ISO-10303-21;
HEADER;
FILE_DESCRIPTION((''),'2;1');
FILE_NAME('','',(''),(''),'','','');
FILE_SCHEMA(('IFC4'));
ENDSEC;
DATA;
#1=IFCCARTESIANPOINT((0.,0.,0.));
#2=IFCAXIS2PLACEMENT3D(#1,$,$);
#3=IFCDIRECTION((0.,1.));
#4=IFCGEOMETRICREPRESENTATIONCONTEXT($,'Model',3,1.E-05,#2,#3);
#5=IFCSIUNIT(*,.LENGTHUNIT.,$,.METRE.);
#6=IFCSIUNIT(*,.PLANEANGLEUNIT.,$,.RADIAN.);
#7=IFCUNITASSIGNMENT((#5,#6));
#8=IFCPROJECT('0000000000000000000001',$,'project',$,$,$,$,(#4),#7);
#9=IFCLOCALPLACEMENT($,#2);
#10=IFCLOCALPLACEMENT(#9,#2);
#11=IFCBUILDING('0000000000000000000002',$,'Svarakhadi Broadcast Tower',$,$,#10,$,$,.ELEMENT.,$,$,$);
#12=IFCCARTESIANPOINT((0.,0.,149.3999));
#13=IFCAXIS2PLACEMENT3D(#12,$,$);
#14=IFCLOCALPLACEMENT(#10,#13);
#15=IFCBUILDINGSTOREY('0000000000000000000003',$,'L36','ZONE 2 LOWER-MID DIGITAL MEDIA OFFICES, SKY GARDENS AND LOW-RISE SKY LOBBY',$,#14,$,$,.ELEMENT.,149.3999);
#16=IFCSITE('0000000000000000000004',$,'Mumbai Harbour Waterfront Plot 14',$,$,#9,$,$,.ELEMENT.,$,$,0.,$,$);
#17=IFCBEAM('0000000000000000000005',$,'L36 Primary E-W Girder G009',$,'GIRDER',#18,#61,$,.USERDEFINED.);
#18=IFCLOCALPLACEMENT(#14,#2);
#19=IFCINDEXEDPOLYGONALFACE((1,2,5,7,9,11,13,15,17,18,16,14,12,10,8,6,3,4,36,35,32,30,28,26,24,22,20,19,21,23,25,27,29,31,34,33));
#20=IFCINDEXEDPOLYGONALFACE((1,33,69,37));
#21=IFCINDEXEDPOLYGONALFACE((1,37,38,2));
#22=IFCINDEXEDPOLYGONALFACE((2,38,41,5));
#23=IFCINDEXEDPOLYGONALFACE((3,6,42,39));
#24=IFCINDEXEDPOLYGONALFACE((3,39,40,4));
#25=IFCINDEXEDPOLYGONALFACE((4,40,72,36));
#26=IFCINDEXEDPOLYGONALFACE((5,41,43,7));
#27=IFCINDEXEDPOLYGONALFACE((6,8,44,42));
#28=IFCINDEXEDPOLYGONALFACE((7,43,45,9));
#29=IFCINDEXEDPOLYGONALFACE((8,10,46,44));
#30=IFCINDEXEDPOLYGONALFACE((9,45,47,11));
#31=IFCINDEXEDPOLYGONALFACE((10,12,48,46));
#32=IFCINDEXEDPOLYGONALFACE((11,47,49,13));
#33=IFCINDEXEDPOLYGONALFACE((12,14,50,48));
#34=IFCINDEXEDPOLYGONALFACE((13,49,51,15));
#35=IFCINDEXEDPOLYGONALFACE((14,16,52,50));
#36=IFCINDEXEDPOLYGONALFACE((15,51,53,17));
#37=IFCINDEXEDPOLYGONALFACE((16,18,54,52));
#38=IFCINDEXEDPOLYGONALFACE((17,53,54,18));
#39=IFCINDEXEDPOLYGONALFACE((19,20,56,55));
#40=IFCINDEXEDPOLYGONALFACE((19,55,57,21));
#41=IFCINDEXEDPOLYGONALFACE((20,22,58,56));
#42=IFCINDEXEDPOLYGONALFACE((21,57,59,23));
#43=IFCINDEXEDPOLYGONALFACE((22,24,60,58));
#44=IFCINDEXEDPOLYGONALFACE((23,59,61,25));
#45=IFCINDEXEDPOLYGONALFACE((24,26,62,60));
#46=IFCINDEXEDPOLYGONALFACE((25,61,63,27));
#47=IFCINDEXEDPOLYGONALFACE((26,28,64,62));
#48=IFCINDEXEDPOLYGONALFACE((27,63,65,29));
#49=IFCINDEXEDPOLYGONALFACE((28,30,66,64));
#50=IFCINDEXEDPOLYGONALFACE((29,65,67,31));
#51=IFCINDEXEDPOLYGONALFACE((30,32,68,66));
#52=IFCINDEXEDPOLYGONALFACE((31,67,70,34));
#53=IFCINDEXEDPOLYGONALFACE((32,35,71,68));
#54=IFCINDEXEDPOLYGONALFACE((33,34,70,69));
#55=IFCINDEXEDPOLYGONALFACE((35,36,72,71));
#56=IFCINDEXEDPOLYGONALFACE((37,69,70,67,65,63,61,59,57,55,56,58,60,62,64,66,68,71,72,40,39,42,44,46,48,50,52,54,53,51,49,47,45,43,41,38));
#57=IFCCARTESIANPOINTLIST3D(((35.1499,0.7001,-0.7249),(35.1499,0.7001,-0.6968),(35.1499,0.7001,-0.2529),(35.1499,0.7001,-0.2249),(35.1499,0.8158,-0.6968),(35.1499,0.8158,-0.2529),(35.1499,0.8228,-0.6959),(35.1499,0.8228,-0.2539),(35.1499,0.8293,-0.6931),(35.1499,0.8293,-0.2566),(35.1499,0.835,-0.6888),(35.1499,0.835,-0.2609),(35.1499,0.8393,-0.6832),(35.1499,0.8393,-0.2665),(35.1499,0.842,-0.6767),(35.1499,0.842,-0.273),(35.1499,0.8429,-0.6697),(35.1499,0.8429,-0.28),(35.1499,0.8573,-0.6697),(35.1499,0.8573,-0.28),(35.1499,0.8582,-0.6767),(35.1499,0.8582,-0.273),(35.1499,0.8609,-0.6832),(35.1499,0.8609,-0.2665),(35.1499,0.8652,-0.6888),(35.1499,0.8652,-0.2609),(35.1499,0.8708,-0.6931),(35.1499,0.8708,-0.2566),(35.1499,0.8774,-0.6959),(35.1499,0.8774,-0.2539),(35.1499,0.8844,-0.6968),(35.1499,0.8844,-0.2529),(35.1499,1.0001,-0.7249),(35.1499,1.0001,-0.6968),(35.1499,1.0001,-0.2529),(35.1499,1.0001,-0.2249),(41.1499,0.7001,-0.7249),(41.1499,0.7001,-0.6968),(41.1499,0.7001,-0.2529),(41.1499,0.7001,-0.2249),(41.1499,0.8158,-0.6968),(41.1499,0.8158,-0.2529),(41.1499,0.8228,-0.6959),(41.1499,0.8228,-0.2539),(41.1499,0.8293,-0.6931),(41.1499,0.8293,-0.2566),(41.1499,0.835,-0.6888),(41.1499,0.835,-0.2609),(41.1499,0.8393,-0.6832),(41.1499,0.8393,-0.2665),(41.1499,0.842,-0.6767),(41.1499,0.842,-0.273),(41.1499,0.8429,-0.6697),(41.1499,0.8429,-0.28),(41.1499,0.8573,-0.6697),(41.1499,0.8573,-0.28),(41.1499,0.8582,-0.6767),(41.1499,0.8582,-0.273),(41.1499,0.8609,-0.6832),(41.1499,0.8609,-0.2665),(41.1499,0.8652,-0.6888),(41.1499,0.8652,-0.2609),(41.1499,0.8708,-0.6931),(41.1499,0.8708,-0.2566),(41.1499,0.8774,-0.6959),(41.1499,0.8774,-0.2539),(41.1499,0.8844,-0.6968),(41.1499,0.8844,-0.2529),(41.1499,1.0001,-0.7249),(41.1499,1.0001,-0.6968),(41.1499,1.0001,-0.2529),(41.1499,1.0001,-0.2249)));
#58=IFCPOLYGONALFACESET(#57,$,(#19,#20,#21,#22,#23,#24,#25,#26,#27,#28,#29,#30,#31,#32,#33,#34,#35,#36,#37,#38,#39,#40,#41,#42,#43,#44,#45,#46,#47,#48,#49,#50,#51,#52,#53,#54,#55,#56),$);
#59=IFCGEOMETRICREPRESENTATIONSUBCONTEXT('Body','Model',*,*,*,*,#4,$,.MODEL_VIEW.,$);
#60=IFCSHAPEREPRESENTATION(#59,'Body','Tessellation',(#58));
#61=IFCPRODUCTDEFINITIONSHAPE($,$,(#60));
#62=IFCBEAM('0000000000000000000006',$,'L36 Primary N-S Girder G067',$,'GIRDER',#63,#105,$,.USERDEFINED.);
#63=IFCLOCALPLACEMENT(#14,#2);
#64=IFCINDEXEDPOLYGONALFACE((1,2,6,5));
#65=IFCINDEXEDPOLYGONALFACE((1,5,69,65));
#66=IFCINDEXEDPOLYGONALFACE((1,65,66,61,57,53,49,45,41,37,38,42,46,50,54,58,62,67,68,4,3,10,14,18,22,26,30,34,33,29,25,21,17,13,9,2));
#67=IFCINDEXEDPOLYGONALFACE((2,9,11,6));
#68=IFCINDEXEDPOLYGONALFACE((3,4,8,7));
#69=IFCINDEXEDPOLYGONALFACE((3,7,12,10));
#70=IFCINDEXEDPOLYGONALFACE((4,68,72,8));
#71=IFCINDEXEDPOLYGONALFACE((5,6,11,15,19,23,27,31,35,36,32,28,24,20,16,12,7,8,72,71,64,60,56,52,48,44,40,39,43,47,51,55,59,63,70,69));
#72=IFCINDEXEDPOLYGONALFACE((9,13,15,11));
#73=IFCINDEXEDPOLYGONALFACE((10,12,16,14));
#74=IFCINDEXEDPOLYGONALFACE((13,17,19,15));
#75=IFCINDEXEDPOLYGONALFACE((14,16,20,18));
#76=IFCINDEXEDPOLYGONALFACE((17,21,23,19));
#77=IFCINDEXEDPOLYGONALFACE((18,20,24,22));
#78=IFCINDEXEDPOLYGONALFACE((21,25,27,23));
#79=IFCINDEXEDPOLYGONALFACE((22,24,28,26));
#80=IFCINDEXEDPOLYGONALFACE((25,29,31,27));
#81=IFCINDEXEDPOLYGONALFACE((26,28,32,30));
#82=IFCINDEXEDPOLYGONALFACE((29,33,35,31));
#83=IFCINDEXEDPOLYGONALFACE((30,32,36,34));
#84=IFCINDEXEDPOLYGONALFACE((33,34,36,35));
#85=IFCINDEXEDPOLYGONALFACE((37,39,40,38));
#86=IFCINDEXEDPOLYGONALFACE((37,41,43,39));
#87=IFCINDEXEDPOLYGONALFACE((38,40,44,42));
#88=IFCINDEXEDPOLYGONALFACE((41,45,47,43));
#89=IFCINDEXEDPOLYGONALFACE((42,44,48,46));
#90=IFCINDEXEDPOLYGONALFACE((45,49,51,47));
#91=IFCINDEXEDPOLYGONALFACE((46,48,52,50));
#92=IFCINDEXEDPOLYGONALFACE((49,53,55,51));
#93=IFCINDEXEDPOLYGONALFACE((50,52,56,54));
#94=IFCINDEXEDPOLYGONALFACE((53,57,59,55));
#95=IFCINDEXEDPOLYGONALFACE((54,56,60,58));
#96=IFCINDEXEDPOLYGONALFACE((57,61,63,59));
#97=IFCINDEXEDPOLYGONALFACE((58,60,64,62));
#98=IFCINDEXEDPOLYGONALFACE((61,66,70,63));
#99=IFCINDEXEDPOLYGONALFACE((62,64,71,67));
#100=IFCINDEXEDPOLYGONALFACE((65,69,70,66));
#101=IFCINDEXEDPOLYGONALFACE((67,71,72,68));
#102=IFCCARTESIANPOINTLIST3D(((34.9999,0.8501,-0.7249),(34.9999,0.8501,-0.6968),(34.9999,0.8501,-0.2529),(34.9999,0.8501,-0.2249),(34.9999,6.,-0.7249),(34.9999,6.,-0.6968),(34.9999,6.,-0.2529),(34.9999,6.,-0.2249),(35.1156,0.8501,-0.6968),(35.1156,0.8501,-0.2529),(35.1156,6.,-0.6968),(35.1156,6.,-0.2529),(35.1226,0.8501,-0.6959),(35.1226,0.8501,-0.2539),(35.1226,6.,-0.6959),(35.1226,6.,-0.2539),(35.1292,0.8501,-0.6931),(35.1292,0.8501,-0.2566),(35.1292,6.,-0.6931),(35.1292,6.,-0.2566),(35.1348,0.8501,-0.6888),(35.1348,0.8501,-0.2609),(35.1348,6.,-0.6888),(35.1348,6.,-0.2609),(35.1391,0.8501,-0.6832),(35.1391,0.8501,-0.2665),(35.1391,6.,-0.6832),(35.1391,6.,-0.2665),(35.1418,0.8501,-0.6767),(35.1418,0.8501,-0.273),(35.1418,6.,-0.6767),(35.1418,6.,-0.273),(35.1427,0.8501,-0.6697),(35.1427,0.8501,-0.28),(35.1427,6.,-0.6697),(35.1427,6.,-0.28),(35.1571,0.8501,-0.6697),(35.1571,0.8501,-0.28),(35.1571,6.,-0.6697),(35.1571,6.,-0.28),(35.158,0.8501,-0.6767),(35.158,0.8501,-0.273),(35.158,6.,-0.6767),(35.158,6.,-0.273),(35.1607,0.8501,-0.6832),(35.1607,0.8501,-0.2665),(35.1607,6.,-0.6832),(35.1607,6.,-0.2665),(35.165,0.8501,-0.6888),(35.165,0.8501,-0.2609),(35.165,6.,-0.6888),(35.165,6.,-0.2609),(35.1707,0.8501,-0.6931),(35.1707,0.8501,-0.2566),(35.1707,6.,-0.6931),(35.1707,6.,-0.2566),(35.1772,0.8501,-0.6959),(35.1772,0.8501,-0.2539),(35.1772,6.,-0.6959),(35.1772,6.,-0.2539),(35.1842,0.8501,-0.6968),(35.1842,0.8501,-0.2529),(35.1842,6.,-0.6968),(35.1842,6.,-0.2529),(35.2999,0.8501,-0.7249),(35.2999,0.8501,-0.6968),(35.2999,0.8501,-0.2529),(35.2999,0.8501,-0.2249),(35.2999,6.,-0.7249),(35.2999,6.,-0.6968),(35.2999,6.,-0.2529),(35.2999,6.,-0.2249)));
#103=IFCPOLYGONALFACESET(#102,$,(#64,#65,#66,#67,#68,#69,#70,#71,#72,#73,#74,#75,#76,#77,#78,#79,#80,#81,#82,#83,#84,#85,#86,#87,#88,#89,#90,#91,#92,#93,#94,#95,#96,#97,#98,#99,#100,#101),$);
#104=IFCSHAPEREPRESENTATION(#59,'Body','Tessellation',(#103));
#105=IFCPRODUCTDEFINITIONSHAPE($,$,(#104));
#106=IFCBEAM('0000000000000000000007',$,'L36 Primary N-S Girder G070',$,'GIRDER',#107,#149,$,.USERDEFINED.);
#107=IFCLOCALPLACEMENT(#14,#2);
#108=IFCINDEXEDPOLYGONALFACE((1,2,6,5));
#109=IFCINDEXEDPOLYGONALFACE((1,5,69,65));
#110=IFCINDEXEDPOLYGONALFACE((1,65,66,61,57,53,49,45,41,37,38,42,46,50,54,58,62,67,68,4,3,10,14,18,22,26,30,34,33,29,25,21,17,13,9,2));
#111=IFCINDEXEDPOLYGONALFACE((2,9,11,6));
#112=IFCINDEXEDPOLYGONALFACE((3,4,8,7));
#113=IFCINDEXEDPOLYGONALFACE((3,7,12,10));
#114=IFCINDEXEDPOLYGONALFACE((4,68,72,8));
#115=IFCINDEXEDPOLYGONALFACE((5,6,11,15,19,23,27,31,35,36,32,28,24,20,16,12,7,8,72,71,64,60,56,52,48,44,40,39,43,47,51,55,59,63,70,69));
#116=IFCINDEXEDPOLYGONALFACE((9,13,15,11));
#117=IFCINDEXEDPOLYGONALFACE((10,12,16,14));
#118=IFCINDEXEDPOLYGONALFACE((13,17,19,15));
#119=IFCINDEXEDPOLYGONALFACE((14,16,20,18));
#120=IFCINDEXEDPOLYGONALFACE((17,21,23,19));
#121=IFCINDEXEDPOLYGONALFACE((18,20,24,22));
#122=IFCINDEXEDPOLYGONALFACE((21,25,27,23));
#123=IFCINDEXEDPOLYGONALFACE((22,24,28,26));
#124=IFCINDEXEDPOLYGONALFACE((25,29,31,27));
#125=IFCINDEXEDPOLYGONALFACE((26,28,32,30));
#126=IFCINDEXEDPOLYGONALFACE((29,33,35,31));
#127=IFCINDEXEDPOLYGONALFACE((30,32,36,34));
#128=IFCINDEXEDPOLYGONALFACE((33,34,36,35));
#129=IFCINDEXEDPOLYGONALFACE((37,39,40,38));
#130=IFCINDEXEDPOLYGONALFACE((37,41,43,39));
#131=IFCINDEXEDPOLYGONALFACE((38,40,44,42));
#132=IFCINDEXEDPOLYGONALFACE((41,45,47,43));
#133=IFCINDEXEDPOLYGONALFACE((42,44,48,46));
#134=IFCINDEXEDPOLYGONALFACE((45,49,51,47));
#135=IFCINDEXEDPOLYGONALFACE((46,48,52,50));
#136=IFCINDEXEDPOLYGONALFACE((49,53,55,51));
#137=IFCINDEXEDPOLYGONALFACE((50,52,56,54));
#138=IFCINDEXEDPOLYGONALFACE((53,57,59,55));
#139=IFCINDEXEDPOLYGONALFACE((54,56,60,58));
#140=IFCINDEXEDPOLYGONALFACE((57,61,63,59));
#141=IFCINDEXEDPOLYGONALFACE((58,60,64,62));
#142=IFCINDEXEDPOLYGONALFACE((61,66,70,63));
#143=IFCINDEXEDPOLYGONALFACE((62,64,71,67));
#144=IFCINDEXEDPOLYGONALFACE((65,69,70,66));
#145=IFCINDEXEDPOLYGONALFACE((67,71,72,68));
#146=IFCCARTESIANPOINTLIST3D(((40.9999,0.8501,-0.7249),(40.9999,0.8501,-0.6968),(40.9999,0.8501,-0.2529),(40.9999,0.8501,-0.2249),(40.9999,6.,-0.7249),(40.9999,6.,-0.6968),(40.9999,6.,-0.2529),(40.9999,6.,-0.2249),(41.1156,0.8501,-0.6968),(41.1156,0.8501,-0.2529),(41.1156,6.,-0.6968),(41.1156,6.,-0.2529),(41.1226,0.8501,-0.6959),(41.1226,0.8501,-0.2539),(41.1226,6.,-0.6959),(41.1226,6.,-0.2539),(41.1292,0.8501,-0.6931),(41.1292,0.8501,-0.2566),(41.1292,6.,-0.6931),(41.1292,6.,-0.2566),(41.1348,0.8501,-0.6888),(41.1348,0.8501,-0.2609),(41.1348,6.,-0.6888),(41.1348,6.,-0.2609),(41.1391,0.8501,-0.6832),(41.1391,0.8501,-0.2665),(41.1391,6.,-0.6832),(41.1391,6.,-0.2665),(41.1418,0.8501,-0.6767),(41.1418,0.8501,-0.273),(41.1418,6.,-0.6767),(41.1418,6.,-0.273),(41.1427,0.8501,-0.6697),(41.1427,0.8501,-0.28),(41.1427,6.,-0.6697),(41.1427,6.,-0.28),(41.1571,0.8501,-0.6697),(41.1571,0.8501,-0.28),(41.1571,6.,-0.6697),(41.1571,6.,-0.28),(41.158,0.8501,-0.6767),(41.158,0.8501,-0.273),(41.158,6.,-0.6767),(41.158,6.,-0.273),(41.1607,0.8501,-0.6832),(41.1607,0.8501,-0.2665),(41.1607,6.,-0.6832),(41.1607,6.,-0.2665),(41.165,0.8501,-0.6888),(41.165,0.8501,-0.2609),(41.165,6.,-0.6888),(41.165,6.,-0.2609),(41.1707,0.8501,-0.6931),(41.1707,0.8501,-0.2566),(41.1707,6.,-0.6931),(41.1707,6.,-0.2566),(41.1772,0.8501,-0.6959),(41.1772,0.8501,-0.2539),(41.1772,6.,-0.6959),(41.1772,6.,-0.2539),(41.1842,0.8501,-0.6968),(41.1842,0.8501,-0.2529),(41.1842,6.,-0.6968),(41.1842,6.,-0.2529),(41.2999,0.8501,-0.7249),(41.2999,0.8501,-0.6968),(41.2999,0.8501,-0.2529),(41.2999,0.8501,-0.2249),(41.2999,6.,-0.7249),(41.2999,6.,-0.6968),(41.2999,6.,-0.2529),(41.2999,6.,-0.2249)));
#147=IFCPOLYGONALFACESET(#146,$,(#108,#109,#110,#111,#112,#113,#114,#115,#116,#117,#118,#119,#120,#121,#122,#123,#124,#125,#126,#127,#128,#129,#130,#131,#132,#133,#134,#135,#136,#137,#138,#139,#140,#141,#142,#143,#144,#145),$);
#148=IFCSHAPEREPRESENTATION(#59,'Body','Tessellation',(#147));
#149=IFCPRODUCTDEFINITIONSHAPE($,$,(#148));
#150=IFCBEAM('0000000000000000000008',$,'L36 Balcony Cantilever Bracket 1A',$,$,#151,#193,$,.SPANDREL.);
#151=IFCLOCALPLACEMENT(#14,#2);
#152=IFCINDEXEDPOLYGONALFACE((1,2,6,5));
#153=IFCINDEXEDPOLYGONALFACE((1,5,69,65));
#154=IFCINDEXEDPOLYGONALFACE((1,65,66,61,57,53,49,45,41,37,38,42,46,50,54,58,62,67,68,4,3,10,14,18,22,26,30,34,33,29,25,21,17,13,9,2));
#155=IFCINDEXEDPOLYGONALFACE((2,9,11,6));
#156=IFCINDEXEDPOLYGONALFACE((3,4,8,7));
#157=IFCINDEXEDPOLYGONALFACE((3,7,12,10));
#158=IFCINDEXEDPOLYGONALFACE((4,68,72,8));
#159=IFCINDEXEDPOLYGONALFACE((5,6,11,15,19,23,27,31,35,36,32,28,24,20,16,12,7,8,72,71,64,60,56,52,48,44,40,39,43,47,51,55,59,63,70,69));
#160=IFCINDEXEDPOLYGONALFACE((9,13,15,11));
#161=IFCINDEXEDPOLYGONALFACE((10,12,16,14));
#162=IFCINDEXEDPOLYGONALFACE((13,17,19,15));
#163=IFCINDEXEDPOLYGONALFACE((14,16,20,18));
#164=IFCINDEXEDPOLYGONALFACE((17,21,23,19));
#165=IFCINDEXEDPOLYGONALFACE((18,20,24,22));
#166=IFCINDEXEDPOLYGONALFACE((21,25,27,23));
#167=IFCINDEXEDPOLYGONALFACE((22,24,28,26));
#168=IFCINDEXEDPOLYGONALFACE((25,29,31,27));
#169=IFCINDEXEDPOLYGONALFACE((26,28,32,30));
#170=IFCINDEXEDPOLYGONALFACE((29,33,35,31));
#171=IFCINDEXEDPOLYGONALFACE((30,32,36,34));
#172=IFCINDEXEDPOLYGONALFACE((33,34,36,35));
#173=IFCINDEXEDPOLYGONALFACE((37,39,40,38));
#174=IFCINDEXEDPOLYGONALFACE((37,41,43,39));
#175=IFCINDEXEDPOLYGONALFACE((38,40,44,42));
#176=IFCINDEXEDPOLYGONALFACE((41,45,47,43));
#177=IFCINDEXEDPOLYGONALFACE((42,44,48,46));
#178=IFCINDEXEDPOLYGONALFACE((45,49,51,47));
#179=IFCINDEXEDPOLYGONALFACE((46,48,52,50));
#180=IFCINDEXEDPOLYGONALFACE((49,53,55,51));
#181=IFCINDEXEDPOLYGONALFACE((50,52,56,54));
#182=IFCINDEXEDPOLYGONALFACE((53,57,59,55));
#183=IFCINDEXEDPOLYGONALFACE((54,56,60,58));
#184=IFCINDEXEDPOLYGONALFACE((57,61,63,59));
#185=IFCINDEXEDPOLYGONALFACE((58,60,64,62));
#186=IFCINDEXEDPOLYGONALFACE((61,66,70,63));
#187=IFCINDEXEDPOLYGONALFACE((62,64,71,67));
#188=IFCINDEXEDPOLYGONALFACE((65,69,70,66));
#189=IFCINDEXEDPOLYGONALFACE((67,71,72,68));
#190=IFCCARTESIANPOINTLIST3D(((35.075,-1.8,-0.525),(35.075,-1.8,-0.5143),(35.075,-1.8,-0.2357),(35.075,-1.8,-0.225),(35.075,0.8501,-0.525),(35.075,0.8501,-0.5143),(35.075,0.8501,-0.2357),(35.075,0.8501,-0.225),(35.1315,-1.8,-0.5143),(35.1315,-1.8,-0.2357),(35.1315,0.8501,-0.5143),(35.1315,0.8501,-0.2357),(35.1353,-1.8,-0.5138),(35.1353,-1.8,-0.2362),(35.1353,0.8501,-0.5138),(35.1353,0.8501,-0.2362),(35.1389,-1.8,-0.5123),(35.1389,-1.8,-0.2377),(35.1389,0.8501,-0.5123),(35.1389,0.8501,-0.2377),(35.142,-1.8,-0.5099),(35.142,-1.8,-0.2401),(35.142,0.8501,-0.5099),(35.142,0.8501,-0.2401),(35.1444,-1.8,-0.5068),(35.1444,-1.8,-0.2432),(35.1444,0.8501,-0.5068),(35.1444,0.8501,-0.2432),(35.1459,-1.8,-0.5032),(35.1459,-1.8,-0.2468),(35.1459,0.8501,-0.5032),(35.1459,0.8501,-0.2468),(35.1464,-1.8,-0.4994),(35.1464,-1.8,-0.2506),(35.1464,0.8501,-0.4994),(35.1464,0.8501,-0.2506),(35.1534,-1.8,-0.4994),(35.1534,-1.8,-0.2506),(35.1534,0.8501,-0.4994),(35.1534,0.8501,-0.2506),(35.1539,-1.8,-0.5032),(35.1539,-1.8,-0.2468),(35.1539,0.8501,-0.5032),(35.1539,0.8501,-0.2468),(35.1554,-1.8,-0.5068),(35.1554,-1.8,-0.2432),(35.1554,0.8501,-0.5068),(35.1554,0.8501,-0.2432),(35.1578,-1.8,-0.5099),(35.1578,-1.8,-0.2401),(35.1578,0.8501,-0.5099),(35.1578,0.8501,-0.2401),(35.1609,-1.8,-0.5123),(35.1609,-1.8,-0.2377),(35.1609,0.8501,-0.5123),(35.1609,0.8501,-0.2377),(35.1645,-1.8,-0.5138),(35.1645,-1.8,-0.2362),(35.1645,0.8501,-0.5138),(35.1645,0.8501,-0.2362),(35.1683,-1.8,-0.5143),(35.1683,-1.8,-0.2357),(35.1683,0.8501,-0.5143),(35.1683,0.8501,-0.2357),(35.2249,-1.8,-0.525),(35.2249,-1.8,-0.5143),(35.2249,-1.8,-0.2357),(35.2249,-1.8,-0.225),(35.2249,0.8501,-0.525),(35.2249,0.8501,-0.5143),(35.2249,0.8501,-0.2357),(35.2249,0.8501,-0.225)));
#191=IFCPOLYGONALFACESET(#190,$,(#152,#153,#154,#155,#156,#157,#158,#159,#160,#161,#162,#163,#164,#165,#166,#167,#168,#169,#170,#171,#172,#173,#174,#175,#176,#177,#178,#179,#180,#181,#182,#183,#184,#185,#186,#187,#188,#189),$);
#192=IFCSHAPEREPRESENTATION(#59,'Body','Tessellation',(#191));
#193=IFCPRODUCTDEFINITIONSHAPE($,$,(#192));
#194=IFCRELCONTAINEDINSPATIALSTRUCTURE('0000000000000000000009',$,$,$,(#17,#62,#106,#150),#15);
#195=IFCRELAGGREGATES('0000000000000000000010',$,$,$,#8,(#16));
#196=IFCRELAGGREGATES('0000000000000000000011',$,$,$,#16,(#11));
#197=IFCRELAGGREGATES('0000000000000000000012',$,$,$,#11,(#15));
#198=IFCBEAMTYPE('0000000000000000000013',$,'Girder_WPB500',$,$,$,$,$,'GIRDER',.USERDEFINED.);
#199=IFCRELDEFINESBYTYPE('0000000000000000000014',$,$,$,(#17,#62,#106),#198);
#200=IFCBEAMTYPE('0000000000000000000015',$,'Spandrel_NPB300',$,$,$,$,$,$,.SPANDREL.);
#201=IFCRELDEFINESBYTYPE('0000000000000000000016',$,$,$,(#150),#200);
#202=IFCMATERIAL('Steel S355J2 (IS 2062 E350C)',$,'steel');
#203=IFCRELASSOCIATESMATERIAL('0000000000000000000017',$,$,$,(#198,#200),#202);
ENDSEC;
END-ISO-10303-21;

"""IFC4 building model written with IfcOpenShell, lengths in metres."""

from ifc_helpers import new_model, si_unit, direction, frame, origin, origin_2d, place, context, subcontext, project, spatial, i_section, extrude, material, material_profile, profile_set, type_object, element, save


model = new_model("IFC4")

# Units and contexts
model_context = context("Model", 3, precision=1e-05, world=origin(), true_north=direction((0.0, 1.0)))
body_context = subcontext(model_context, "Body", "Model", "MODEL_VIEW")
ifc_project = project(units=[si_unit("LENGTHUNIT", "METRE"), si_unit("PLANEANGLEUNIT", "RADIAN")], contexts=[model_context])

# Site, building, storey
site_placement = place(None, origin())
site = spatial("IfcSite", under=ifc_project, at=site_placement, Name="Mumbai Harbour Waterfront Plot 14", CompositionType="ELEMENT", RefElevation=0.0)
building_placement = place(site_placement, origin())
building = spatial("IfcBuilding", under=site, at=building_placement, Name="Svarakhadi Broadcast Tower", CompositionType="ELEMENT")
storey_placement = place(building_placement, frame((0.0, 0.0, 149.3999)))
storey = spatial("IfcBuildingStorey", under=building, at=storey_placement, Name="L36", Description="ZONE 2 LOWER-MID DIGITAL MEDIA OFFICES, SKY GARDENS AND LOW-RISE SKY LOBBY", CompositionType="ELEMENT", Elevation=149.3999)

# Shared definitions
ifc_material_1 = material(Name="Steel S355J2 (IS 2062 E350C)", Category="steel")

# Beams
ifc_material_profile_1 = material_profile(ifc_material_1, i_section(OverallWidth=0.3, OverallDepth=0.5, WebThickness=0.0144, FlangeThickness=0.0281, FilletRadius=0.0271, at=origin_2d()), Name="WPB 500x300x187")
ifc_profile_set_1 = profile_set([ifc_material_profile_1], Name="Steel S355J2 (IS 2062 E350C)")
beam_type_1 = type_object("IfcBeamType", Name="Girder_WPB500", ElementType="GIRDER", PredefinedType="USERDEFINED", material=ifc_profile_set_1)
beam_1_placement = place(storey_placement, frame((35.1499, 0.8501, -0.4749), z_axis=(1.0, 0.0, 0.0), x_axis=(0.0, 1.0, 0.0)))
element("IfcBeam", 1, at=beam_1_placement, inside=storey, type_object=beam_type_1, Name="L36 Primary E-W Girder G009", ObjectType="GIRDER", PredefinedType="USERDEFINED", context=body_context, shape_type="SweptSolid", body=[
    extrude(i_section(OverallWidth=0.3, OverallDepth=0.5, WebThickness=0.0144, FlangeThickness=0.0281, FilletRadius=0.0271, at=origin_2d()), origin(), (0.0, 0.0, 1.0), 6.0),
])
for number, where, z_axis, x_axis, name in (
    (2, (35.1499, 0.8501, -0.4749), (0.0, 1.0, 0.0), (-1.0, 0.0, 0.0), "L36 Primary N-S Girder G067"),
    (3, (41.1499, 0.8501, -0.4749), (0.0, 1.0, 0.0), (-1.0, 0.0, 0.0), "L36 Primary N-S Girder G070"),
):
    element("IfcBeam", number, at=place(storey_placement, frame(where, z_axis=z_axis, x_axis=x_axis)), inside=storey, type_object=beam_type_1, Name=name, ObjectType="GIRDER", PredefinedType="USERDEFINED", context=body_context, shape_type="SweptSolid", body=[
        extrude(i_section(OverallWidth=0.3, OverallDepth=0.5, WebThickness=0.0144, FlangeThickness=0.0281, FilletRadius=0.0271, at=origin_2d()), origin(), (0.0, 0.0, 1.0), 5.1499),
    ])
ifc_material_profile_2 = material_profile(ifc_material_1, i_section(OverallWidth=0.1499, OverallDepth=0.3, WebThickness=0.0071, FlangeThickness=0.0107, FilletRadius=0.0149, at=origin_2d()), Name="NPB 300x150x37")
ifc_profile_set_2 = profile_set([ifc_material_profile_2], Name="Steel S355J2 (IS 2062 E350C)")
beam_type_2 = type_object("IfcBeamType", Name="Spandrel_NPB300", PredefinedType="SPANDREL", material=ifc_profile_set_2)
beam_2_placement = place(storey_placement, frame((35.1499, 0.8501, -0.375), z_axis=(0.0, -1.0, 0.0), x_axis=(1.0, 0.0, 0.0)))
element("IfcBeam", 4, at=beam_2_placement, inside=storey, type_object=beam_type_2, Name="L36 Balcony Cantilever Bracket 1A", PredefinedType="SPANDREL", context=body_context, shape_type="SweptSolid", body=[
    extrude(i_section(OverallWidth=0.1499, OverallDepth=0.3, WebThickness=0.0071, FlangeThickness=0.0107, FilletRadius=0.0149, at=origin_2d()), origin(), (0.0, 0.0, 1.0), 2.6501),
])

save(model, "model.ifc")
